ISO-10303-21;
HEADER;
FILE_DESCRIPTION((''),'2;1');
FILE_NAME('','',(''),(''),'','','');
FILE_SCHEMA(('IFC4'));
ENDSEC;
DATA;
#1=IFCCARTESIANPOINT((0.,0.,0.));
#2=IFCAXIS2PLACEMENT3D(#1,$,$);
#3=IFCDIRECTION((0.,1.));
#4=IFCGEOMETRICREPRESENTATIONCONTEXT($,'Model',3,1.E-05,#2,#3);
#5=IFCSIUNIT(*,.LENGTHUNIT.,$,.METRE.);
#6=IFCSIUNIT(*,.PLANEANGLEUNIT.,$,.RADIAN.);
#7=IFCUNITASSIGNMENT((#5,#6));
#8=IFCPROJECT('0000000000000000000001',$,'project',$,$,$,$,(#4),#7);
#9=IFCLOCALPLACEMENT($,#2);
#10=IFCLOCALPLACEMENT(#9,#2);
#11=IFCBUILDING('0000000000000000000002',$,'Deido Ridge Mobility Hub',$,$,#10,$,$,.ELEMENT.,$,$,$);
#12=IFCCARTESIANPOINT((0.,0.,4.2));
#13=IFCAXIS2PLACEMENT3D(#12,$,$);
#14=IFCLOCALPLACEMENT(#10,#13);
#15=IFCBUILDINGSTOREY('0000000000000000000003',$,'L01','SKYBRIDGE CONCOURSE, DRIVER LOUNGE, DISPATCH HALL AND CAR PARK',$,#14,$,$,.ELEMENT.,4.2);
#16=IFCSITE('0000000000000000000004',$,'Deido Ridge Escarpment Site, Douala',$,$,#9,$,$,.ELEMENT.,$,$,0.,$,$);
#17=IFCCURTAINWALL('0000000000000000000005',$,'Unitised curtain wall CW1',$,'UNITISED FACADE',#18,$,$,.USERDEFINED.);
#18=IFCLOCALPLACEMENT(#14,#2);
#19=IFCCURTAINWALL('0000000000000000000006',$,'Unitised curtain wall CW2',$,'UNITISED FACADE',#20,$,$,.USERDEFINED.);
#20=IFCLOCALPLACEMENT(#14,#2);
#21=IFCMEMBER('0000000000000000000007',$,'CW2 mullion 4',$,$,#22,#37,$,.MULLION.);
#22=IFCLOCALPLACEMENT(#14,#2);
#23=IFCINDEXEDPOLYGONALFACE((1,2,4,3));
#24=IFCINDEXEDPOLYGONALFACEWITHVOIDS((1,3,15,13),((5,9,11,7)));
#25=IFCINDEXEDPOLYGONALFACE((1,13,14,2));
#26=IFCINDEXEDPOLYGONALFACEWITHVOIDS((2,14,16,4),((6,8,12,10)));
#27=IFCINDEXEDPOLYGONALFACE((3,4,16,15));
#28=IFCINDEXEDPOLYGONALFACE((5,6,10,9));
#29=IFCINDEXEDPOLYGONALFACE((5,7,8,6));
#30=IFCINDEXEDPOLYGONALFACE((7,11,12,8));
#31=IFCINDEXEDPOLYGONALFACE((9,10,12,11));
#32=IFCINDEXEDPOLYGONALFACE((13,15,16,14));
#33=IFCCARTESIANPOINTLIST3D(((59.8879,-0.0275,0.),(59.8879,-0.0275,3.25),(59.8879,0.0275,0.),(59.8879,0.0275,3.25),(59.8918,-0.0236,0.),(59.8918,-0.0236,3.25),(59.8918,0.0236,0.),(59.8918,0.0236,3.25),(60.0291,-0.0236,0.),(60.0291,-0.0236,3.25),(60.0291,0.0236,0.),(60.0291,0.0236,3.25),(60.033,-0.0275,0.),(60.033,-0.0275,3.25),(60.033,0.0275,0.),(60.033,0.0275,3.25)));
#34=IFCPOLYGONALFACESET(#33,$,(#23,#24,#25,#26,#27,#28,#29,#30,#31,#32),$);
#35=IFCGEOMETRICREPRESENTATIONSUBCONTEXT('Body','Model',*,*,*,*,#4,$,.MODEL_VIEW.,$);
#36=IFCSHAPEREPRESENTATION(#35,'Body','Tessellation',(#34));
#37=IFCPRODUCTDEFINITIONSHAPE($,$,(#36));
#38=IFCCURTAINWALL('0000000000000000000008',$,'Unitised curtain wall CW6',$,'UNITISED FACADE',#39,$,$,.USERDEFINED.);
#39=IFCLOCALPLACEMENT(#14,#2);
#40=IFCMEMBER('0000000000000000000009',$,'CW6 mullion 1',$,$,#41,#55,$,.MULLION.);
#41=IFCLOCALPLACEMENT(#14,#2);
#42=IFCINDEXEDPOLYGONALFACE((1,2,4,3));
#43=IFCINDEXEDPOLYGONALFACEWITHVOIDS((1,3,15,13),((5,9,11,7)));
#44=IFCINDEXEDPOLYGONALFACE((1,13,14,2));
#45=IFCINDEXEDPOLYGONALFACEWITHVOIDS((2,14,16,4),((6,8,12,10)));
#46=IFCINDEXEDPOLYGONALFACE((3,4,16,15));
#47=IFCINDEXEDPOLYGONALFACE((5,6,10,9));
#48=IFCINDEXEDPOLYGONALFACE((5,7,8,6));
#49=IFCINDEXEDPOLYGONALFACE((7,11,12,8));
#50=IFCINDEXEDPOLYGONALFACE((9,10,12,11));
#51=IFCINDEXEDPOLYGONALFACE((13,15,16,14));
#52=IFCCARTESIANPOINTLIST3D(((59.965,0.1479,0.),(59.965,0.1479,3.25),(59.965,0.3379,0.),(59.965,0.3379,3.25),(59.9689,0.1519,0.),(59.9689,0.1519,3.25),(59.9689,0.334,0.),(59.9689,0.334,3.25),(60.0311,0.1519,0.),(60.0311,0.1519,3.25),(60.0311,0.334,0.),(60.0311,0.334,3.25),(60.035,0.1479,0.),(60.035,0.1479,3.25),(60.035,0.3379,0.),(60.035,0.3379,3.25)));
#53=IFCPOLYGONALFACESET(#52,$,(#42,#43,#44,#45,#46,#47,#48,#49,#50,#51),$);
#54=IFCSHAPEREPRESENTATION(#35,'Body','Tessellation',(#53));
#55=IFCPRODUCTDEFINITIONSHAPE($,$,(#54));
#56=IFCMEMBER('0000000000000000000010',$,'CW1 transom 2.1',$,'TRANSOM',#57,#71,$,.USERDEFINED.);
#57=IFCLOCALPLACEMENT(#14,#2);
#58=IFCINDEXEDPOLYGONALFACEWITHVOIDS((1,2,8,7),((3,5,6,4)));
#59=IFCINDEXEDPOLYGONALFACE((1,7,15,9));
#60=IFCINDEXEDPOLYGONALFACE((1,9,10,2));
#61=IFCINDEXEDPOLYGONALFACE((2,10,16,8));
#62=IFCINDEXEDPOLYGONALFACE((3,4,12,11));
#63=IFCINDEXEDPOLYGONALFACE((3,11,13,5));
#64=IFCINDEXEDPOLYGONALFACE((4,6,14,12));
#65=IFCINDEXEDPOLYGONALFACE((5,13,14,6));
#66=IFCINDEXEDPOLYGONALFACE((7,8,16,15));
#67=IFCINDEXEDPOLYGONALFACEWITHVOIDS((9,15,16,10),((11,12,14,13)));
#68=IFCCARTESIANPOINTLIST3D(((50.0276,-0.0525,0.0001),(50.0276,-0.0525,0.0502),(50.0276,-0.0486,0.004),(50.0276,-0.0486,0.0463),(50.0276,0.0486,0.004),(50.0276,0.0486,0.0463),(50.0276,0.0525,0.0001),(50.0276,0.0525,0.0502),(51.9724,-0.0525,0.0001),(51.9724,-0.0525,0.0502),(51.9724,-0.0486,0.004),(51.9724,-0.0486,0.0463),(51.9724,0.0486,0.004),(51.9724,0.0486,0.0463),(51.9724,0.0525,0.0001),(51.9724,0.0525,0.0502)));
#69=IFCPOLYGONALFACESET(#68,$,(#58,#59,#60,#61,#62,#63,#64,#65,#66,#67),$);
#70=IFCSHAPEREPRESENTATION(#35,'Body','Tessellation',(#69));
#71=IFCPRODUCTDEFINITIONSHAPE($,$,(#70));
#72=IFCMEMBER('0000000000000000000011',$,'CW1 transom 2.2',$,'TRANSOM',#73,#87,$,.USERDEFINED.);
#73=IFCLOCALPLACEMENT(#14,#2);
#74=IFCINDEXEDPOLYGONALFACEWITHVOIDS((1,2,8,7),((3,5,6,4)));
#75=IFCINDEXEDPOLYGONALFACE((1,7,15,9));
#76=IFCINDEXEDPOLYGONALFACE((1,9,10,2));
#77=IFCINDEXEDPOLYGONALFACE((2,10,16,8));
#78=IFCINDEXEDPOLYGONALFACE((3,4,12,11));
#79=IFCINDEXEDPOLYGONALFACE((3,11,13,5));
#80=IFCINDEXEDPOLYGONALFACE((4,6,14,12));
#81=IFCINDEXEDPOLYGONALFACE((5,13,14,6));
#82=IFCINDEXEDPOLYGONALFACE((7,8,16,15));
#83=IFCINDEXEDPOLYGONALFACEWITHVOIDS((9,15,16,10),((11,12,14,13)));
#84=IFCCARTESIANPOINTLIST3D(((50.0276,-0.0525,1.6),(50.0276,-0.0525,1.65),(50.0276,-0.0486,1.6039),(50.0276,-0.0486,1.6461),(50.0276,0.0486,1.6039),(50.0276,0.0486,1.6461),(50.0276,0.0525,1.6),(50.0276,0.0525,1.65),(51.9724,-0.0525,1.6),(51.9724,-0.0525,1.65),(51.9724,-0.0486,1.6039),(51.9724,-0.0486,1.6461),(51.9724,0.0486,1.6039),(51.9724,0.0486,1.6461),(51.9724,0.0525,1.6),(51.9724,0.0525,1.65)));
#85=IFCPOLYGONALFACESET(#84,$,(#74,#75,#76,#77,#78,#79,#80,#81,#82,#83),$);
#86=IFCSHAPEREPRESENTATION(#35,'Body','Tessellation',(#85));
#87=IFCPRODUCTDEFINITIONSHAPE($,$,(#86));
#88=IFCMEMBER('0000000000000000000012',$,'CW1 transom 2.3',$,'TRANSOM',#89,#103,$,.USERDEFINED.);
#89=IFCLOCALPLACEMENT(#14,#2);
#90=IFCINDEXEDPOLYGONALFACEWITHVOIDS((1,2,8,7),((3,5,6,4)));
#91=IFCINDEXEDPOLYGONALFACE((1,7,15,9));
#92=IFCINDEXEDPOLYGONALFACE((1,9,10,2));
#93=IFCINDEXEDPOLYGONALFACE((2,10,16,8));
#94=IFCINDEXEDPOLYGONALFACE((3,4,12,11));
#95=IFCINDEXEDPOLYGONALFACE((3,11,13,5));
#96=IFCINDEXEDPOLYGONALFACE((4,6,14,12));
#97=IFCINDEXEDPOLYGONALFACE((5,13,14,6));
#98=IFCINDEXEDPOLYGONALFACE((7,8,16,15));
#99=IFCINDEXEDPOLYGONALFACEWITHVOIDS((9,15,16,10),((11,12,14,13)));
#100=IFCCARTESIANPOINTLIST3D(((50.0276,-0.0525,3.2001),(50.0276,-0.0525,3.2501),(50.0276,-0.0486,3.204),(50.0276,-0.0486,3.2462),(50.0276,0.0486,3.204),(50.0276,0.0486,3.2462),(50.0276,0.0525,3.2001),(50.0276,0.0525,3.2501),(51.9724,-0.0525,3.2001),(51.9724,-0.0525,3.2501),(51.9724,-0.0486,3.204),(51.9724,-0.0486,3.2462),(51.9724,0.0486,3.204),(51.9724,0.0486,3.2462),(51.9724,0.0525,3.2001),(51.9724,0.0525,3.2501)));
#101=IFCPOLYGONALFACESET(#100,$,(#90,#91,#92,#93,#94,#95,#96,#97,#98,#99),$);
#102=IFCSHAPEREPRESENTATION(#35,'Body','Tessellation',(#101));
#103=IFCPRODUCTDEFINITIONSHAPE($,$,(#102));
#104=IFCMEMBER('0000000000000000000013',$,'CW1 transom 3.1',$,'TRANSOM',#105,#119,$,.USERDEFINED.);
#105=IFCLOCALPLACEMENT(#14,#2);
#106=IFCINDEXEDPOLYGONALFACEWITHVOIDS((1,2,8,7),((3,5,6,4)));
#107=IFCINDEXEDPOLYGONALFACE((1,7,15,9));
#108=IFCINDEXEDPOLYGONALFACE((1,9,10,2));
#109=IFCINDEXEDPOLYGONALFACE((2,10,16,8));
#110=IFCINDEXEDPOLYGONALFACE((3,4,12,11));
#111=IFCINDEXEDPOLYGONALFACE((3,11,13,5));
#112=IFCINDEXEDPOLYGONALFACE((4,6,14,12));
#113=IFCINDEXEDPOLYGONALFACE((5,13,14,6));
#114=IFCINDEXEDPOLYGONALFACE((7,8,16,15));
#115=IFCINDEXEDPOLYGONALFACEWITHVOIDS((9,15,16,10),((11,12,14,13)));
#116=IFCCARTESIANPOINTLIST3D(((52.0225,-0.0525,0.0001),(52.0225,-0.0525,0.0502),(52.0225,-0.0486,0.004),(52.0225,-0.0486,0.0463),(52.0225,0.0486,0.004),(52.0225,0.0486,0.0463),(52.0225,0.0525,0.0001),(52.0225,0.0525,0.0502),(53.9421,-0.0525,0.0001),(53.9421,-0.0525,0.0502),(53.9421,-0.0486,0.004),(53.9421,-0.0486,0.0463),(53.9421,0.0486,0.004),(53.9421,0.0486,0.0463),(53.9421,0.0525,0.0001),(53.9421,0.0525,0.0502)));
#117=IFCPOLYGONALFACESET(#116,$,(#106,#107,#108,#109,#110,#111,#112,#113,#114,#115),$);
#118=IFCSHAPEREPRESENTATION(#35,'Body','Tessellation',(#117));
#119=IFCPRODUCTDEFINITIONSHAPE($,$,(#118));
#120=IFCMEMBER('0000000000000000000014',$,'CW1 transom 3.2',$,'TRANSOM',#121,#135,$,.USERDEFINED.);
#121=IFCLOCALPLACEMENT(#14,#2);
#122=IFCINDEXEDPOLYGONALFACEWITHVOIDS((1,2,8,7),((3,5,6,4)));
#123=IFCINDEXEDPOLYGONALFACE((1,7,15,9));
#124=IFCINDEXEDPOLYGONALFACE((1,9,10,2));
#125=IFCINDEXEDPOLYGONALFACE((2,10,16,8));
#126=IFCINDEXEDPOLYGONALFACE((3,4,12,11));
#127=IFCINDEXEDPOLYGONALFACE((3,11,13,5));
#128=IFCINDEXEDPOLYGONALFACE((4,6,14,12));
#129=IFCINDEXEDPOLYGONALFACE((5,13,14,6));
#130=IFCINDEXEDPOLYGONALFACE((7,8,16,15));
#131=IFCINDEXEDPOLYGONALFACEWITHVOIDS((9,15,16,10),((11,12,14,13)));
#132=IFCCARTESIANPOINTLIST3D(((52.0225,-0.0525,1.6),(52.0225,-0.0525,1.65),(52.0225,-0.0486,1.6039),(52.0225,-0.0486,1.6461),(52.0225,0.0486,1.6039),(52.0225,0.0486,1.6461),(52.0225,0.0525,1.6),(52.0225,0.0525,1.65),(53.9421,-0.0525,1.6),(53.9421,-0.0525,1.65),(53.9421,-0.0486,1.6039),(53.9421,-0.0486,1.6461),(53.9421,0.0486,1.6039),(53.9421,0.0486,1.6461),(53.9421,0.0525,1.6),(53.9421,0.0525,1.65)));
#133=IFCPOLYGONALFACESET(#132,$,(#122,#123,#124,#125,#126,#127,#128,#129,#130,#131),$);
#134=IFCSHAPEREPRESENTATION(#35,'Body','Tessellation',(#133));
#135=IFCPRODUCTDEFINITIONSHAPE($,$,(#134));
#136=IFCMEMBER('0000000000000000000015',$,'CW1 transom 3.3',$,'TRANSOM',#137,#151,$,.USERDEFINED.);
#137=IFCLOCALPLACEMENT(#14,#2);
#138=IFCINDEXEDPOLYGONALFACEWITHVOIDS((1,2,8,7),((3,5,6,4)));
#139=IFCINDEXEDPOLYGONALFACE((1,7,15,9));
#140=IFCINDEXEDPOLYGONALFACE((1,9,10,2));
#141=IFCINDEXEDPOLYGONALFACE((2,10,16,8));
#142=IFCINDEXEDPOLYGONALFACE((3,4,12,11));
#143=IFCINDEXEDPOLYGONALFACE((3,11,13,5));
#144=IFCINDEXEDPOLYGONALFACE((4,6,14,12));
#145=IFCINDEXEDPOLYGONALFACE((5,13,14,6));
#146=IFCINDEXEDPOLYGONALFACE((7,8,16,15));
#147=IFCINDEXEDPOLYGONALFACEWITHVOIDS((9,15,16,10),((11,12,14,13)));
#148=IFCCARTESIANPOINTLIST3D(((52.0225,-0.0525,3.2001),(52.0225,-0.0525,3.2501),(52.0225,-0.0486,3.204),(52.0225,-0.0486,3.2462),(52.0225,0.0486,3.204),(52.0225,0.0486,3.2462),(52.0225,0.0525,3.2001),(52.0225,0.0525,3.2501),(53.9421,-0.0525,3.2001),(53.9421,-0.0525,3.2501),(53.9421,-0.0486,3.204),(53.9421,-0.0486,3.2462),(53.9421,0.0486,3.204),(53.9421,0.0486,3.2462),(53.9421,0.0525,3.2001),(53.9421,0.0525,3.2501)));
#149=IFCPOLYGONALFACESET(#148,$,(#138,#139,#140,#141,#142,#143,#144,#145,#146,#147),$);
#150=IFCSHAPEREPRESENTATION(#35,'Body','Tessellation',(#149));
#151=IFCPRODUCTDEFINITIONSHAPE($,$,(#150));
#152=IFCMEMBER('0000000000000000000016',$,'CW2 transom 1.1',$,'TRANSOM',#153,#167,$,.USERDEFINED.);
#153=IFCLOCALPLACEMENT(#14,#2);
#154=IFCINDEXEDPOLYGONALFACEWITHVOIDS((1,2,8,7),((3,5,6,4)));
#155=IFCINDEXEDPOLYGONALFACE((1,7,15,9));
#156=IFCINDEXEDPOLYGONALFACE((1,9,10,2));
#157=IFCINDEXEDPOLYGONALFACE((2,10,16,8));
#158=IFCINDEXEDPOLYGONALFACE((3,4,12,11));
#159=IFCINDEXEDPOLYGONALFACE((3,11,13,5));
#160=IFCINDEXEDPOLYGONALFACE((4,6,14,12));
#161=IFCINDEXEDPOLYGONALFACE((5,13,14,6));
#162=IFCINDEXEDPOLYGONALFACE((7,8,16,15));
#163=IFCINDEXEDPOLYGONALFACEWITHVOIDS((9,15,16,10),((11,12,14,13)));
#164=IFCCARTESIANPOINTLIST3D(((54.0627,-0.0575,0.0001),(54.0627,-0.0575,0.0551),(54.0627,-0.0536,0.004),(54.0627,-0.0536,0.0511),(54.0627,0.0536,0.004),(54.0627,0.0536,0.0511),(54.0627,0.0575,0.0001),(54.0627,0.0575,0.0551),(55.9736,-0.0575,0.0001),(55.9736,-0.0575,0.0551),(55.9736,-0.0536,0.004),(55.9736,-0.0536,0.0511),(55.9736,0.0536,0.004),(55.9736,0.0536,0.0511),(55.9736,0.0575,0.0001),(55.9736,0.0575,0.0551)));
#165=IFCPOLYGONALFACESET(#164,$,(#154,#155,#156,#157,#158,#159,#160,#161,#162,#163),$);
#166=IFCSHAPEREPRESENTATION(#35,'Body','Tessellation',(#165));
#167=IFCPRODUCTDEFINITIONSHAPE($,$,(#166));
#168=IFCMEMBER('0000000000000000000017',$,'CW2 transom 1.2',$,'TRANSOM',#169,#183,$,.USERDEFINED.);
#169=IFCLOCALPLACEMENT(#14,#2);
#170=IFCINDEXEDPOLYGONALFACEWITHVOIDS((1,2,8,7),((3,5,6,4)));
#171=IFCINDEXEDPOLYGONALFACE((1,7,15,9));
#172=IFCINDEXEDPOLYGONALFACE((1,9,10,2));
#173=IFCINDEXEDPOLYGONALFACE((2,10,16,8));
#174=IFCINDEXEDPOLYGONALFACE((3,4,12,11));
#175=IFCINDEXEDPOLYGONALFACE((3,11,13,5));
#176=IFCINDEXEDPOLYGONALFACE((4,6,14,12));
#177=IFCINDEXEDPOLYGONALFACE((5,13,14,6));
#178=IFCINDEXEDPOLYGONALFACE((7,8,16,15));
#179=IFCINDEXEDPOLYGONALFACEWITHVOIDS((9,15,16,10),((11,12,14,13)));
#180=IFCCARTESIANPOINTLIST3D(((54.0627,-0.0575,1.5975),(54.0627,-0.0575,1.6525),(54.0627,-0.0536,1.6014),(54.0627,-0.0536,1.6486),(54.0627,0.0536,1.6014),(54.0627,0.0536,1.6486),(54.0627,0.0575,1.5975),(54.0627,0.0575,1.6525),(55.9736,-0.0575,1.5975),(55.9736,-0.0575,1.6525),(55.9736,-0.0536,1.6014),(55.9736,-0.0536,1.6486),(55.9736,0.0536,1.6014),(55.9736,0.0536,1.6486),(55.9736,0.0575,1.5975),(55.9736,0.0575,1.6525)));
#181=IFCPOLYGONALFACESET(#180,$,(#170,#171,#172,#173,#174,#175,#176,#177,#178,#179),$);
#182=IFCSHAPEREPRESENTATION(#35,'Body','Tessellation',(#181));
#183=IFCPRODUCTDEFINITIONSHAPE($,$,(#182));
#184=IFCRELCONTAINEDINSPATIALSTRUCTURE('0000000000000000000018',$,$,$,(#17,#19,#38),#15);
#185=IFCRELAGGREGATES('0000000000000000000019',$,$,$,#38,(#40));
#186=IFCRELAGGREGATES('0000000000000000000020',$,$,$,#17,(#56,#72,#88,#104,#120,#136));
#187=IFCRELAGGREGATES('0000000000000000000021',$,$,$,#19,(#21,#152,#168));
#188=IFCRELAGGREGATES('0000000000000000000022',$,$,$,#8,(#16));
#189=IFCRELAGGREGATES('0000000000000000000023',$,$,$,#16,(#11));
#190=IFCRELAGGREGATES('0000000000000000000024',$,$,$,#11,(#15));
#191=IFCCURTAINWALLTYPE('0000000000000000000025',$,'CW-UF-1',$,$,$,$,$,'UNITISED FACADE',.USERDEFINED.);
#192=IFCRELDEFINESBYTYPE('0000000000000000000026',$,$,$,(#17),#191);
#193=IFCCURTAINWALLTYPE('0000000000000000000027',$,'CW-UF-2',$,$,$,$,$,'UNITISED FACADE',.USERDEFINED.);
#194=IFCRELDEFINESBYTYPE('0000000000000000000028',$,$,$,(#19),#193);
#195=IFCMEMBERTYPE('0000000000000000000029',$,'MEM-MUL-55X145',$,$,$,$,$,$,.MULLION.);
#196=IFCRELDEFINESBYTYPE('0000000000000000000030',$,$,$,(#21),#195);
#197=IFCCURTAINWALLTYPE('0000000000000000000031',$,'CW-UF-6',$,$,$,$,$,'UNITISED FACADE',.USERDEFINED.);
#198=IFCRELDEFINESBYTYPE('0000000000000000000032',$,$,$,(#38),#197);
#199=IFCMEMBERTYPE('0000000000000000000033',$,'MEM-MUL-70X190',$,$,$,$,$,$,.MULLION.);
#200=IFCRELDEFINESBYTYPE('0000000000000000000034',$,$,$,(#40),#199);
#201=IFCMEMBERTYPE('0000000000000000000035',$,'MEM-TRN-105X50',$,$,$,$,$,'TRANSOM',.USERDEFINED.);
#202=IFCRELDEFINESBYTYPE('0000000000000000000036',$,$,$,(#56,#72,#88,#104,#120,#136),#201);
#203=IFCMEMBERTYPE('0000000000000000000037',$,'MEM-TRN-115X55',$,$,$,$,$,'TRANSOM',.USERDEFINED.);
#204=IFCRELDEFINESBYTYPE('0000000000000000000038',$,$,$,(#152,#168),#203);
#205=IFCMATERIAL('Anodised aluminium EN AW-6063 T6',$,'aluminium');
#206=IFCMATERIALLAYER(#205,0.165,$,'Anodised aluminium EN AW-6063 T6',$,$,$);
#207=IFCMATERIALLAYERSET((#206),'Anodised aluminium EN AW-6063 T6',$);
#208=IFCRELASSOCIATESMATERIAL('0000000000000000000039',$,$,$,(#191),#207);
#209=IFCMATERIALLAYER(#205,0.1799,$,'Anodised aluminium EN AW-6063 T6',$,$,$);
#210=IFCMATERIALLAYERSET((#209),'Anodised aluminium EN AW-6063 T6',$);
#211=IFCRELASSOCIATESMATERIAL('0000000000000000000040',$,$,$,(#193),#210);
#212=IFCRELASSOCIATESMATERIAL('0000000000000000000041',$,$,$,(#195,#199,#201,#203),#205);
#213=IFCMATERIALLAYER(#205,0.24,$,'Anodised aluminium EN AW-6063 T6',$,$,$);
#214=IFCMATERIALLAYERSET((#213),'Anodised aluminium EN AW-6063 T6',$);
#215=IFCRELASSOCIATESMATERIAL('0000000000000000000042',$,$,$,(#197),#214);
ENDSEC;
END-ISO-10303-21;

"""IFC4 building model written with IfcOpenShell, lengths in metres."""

from ifc_helpers import new_model, si_unit, direction, frame, origin, origin_2d, place, context, subcontext, project, spatial, hollow_rectangle, extrude, material, layer, layer_set, material_profile, profile_set, type_object, element, aggregate, save


model = new_model("IFC4")

# Units and contexts
model_context = context("Model", 3, precision=1e-05, world=origin(), true_north=direction((0.0, 1.0)))
body_context = subcontext(model_context, "Body", "Model", "MODEL_VIEW")
ifc_project = project(units=[si_unit("LENGTHUNIT", "METRE"), si_unit("PLANEANGLEUNIT", "RADIAN")], contexts=[model_context])

# Site, building, storey
site_placement = place(None, origin())
site = spatial("IfcSite", under=ifc_project, at=site_placement, Name="Deido Ridge Escarpment Site, Douala", CompositionType="ELEMENT", RefElevation=0.0)
building_placement = place(site_placement, origin())
building = spatial("IfcBuilding", under=site, at=building_placement, Name="Deido Ridge Mobility Hub", CompositionType="ELEMENT")
storey_placement = place(building_placement, frame((0.0, 0.0, 4.2)))
storey = spatial("IfcBuildingStorey", under=building, at=storey_placement, Name="L01", Description="SKYBRIDGE CONCOURSE, DRIVER LOUNGE, DISPATCH HALL AND CAR PARK", CompositionType="ELEMENT", Elevation=4.2)

# Curtain walls, member
ifc_material_1 = material(Name="Anodised aluminium EN AW-6063 T6", Category="aluminium")
ifc_layer_1 = layer(ifc_material_1, 0.165, Name="Anodised aluminium EN AW-6063 T6")
ifc_layer_set_1 = layer_set([ifc_layer_1], Name="Anodised aluminium EN AW-6063 T6")
curtain_wall_type_1 = type_object("IfcCurtainWallType", Name="CW-UF-1", ElementType="UNITISED FACADE", PredefinedType="USERDEFINED", material=ifc_layer_set_1)
curtain_wall_1_placement = place(storey_placement, origin())
curtain_wall_1 = element("IfcCurtainWall", 1, at=curtain_wall_1_placement, inside=storey, type_object=curtain_wall_type_1, Name="Unitised curtain wall CW1", ObjectType="UNITISED FACADE", PredefinedType="USERDEFINED")
ifc_layer_2 = layer(ifc_material_1, 0.1799, Name="Anodised aluminium EN AW-6063 T6")
ifc_layer_set_2 = layer_set([ifc_layer_2], Name="Anodised aluminium EN AW-6063 T6")
curtain_wall_type_2 = type_object("IfcCurtainWallType", Name="CW-UF-2", ElementType="UNITISED FACADE", PredefinedType="USERDEFINED", material=ifc_layer_set_2)
curtain_wall_2_placement = place(storey_placement, origin())
curtain_wall_2 = element("IfcCurtainWall", 2, at=curtain_wall_2_placement, inside=storey, type_object=curtain_wall_type_2, Name="Unitised curtain wall CW2", ObjectType="UNITISED FACADE", PredefinedType="USERDEFINED")
ifc_material_profile_1 = material_profile(ifc_material_1, hollow_rectangle(XDim=0.0549, YDim=0.145, WallThickness=0.0039, at=origin_2d()), Name="RHS 55x145x4")
ifc_profile_set_1 = profile_set([ifc_material_profile_1], Name="Anodised aluminium EN AW-6063 T6")
member_type_1 = type_object("IfcMemberType", Name="MEM-MUL-55X145", PredefinedType="MULLION", material=ifc_profile_set_1)
member_1_placement = place(storey_placement, frame((59.9604, 0.0, 0.0), z_axis=(0.0, 0.0, 1.0), x_axis=(0.0, 1.0, 0.0)))
member_1 = element("IfcMember", 3, at=member_1_placement, type_object=member_type_1, Name="CW2 mullion 4", PredefinedType="MULLION", context=body_context, shape_type="SweptSolid", body=[
    extrude(hollow_rectangle(XDim=0.0549, YDim=0.145, WallThickness=0.0039, at=origin_2d()), origin(), (0.0, 0.0, 1.0), 3.25),
])

# Curtain wall, member
ifc_layer_3 = layer(ifc_material_1, 0.24, Name="Anodised aluminium EN AW-6063 T6")
ifc_layer_set_3 = layer_set([ifc_layer_3], Name="Anodised aluminium EN AW-6063 T6")
curtain_wall_type_3 = type_object("IfcCurtainWallType", Name="CW-UF-6", ElementType="UNITISED FACADE", PredefinedType="USERDEFINED", material=ifc_layer_set_3)
curtain_wall_3_placement = place(storey_placement, origin())
curtain_wall_3 = element("IfcCurtainWall", 4, at=curtain_wall_3_placement, inside=storey, type_object=curtain_wall_type_3, Name="Unitised curtain wall CW6", ObjectType="UNITISED FACADE", PredefinedType="USERDEFINED")
ifc_material_profile_2 = material_profile(ifc_material_1, hollow_rectangle(XDim=0.0701, YDim=0.1899, WallThickness=0.0039, at=origin_2d()), Name="RHS 70x190x4")
ifc_profile_set_2 = profile_set([ifc_material_profile_2], Name="Anodised aluminium EN AW-6063 T6")
member_type_2 = type_object("IfcMemberType", Name="MEM-MUL-70X190", PredefinedType="MULLION", material=ifc_profile_set_2)
member_2_placement = place(storey_placement, frame((60.0, 0.2429, 0.0), z_axis=(0.0, 0.0, 1.0), x_axis=(-1.0, 0.0, 0.0)))
member_2 = element("IfcMember", 5, at=member_2_placement, type_object=member_type_2, Name="CW6 mullion 1", PredefinedType="MULLION", context=body_context, shape_type="SweptSolid", body=[
    extrude(hollow_rectangle(XDim=0.0701, YDim=0.1899, WallThickness=0.0039, at=origin_2d()), origin(), (0.0, 0.0, 1.0), 3.25),
])
aggregate(curtain_wall_3, [member_2])

# Members
ifc_material_profile_3 = material_profile(ifc_material_1, hollow_rectangle(XDim=0.105, YDim=0.05, WallThickness=0.0039, at=origin_2d()), Name="RHS 105x50x4")
ifc_profile_set_3 = profile_set([ifc_material_profile_3], Name="Anodised aluminium EN AW-6063 T6")
member_type_3 = type_object("IfcMemberType", Name="MEM-TRN-105X50", ElementType="TRANSOM", PredefinedType="USERDEFINED", material=ifc_profile_set_3)
member_3_placement = place(storey_placement, frame((50.0276, 0.0, 0.0251), z_axis=(1.0, 0.0, 0.0), x_axis=(0.0, 1.0, 0.0)))
member_3 = element("IfcMember", 6, at=member_3_placement, type_object=member_type_3, Name="CW1 transom 2.1", ObjectType="TRANSOM", PredefinedType="USERDEFINED", context=body_context, shape_type="SweptSolid", body=[
    extrude(hollow_rectangle(XDim=0.105, YDim=0.05, WallThickness=0.0039, at=origin_2d()), origin(), (0.0, 0.0, 1.0), 1.9448),
])
member_4_placement = place(storey_placement, frame((50.0276, 0.0, 1.625), z_axis=(1.0, 0.0, 0.0), x_axis=(0.0, 1.0, 0.0)))
member_4 = element("IfcMember", 7, at=member_4_placement, type_object=member_type_3, Name="CW1 transom 2.2", ObjectType="TRANSOM", PredefinedType="USERDEFINED", context=body_context, shape_type="SweptSolid", body=[
    extrude(hollow_rectangle(XDim=0.105, YDim=0.05, WallThickness=0.0039, at=origin_2d()), origin(), (0.0, 0.0, 1.0), 1.9448),
])
member_5_placement = place(storey_placement, frame((50.0276, 0.0, 3.2251), z_axis=(1.0, 0.0, 0.0), x_axis=(0.0, 1.0, 0.0)))
member_5 = element("IfcMember", 8, at=member_5_placement, type_object=member_type_3, Name="CW1 transom 2.3", ObjectType="TRANSOM", PredefinedType="USERDEFINED", context=body_context, shape_type="SweptSolid", body=[
    extrude(hollow_rectangle(XDim=0.105, YDim=0.05, WallThickness=0.0039, at=origin_2d()), origin(), (0.0, 0.0, 1.0), 1.9448),
])
member_6_placement = place(storey_placement, frame((52.0225, 0.0, 0.0251), z_axis=(1.0, 0.0, 0.0), x_axis=(0.0, 1.0, 0.0)))
member_6 = element("IfcMember", 9, at=member_6_placement, type_object=member_type_3, Name="CW1 transom 3.1", ObjectType="TRANSOM", PredefinedType="USERDEFINED", context=body_context, shape_type="SweptSolid", body=[
    extrude(hollow_rectangle(XDim=0.105, YDim=0.05, WallThickness=0.0039, at=origin_2d()), origin(), (0.0, 0.0, 1.0), 1.9197),
])
member_7_placement = place(storey_placement, frame((52.0225, 0.0, 1.625), z_axis=(1.0, 0.0, 0.0), x_axis=(0.0, 1.0, 0.0)))
member_7 = element("IfcMember", 10, at=member_7_placement, type_object=member_type_3, Name="CW1 transom 3.2", ObjectType="TRANSOM", PredefinedType="USERDEFINED", context=body_context, shape_type="SweptSolid", body=[
    extrude(hollow_rectangle(XDim=0.105, YDim=0.05, WallThickness=0.0039, at=origin_2d()), origin(), (0.0, 0.0, 1.0), 1.9197),
])
member_8_placement = place(storey_placement, frame((52.0225, 0.0, 3.2251), z_axis=(1.0, 0.0, 0.0), x_axis=(0.0, 1.0, 0.0)))
member_8 = element("IfcMember", 11, at=member_8_placement, type_object=member_type_3, Name="CW1 transom 3.3", ObjectType="TRANSOM", PredefinedType="USERDEFINED", context=body_context, shape_type="SweptSolid", body=[
    extrude(hollow_rectangle(XDim=0.105, YDim=0.05, WallThickness=0.0039, at=origin_2d()), origin(), (0.0, 0.0, 1.0), 1.9197),
])
ifc_material_profile_4 = material_profile(ifc_material_1, hollow_rectangle(XDim=0.115, YDim=0.0549, WallThickness=0.0039, at=origin_2d()), Name="RHS 115x55x4")
ifc_profile_set_4 = profile_set([ifc_material_profile_4], Name="Anodised aluminium EN AW-6063 T6")
member_type_4 = type_object("IfcMemberType", Name="MEM-TRN-115X55", ElementType="TRANSOM", PredefinedType="USERDEFINED", material=ifc_profile_set_4)
member_9_placement = place(storey_placement, frame((54.0627, 0.0, 0.0276), z_axis=(1.0, 0.0, 0.0), x_axis=(0.0, 1.0, 0.0)))
member_9 = element("IfcMember", 12, at=member_9_placement, type_object=member_type_4, Name="CW2 transom 1.1", ObjectType="TRANSOM", PredefinedType="USERDEFINED", context=body_context, shape_type="SweptSolid", body=[
    extrude(hollow_rectangle(XDim=0.115, YDim=0.0549, WallThickness=0.0039, at=origin_2d()), origin(), (0.0, 0.0, 1.0), 1.9109),
])
member_10_placement = place(storey_placement, frame((54.0627, 0.0, 1.625), z_axis=(1.0, 0.0, 0.0), x_axis=(0.0, 1.0, 0.0)))
member_10 = element("IfcMember", 13, at=member_10_placement, type_object=member_type_4, Name="CW2 transom 1.2", ObjectType="TRANSOM", PredefinedType="USERDEFINED", context=body_context, shape_type="SweptSolid", body=[
    extrude(hollow_rectangle(XDim=0.115, YDim=0.0549, WallThickness=0.0039, at=origin_2d()), origin(), (0.0, 0.0, 1.0), 1.9109),
])

aggregate(curtain_wall_1, [member_3, member_4, member_5, member_6, member_7, member_8])
aggregate(curtain_wall_2, [member_1, member_9, member_10])

save(model, "model.ifc")
